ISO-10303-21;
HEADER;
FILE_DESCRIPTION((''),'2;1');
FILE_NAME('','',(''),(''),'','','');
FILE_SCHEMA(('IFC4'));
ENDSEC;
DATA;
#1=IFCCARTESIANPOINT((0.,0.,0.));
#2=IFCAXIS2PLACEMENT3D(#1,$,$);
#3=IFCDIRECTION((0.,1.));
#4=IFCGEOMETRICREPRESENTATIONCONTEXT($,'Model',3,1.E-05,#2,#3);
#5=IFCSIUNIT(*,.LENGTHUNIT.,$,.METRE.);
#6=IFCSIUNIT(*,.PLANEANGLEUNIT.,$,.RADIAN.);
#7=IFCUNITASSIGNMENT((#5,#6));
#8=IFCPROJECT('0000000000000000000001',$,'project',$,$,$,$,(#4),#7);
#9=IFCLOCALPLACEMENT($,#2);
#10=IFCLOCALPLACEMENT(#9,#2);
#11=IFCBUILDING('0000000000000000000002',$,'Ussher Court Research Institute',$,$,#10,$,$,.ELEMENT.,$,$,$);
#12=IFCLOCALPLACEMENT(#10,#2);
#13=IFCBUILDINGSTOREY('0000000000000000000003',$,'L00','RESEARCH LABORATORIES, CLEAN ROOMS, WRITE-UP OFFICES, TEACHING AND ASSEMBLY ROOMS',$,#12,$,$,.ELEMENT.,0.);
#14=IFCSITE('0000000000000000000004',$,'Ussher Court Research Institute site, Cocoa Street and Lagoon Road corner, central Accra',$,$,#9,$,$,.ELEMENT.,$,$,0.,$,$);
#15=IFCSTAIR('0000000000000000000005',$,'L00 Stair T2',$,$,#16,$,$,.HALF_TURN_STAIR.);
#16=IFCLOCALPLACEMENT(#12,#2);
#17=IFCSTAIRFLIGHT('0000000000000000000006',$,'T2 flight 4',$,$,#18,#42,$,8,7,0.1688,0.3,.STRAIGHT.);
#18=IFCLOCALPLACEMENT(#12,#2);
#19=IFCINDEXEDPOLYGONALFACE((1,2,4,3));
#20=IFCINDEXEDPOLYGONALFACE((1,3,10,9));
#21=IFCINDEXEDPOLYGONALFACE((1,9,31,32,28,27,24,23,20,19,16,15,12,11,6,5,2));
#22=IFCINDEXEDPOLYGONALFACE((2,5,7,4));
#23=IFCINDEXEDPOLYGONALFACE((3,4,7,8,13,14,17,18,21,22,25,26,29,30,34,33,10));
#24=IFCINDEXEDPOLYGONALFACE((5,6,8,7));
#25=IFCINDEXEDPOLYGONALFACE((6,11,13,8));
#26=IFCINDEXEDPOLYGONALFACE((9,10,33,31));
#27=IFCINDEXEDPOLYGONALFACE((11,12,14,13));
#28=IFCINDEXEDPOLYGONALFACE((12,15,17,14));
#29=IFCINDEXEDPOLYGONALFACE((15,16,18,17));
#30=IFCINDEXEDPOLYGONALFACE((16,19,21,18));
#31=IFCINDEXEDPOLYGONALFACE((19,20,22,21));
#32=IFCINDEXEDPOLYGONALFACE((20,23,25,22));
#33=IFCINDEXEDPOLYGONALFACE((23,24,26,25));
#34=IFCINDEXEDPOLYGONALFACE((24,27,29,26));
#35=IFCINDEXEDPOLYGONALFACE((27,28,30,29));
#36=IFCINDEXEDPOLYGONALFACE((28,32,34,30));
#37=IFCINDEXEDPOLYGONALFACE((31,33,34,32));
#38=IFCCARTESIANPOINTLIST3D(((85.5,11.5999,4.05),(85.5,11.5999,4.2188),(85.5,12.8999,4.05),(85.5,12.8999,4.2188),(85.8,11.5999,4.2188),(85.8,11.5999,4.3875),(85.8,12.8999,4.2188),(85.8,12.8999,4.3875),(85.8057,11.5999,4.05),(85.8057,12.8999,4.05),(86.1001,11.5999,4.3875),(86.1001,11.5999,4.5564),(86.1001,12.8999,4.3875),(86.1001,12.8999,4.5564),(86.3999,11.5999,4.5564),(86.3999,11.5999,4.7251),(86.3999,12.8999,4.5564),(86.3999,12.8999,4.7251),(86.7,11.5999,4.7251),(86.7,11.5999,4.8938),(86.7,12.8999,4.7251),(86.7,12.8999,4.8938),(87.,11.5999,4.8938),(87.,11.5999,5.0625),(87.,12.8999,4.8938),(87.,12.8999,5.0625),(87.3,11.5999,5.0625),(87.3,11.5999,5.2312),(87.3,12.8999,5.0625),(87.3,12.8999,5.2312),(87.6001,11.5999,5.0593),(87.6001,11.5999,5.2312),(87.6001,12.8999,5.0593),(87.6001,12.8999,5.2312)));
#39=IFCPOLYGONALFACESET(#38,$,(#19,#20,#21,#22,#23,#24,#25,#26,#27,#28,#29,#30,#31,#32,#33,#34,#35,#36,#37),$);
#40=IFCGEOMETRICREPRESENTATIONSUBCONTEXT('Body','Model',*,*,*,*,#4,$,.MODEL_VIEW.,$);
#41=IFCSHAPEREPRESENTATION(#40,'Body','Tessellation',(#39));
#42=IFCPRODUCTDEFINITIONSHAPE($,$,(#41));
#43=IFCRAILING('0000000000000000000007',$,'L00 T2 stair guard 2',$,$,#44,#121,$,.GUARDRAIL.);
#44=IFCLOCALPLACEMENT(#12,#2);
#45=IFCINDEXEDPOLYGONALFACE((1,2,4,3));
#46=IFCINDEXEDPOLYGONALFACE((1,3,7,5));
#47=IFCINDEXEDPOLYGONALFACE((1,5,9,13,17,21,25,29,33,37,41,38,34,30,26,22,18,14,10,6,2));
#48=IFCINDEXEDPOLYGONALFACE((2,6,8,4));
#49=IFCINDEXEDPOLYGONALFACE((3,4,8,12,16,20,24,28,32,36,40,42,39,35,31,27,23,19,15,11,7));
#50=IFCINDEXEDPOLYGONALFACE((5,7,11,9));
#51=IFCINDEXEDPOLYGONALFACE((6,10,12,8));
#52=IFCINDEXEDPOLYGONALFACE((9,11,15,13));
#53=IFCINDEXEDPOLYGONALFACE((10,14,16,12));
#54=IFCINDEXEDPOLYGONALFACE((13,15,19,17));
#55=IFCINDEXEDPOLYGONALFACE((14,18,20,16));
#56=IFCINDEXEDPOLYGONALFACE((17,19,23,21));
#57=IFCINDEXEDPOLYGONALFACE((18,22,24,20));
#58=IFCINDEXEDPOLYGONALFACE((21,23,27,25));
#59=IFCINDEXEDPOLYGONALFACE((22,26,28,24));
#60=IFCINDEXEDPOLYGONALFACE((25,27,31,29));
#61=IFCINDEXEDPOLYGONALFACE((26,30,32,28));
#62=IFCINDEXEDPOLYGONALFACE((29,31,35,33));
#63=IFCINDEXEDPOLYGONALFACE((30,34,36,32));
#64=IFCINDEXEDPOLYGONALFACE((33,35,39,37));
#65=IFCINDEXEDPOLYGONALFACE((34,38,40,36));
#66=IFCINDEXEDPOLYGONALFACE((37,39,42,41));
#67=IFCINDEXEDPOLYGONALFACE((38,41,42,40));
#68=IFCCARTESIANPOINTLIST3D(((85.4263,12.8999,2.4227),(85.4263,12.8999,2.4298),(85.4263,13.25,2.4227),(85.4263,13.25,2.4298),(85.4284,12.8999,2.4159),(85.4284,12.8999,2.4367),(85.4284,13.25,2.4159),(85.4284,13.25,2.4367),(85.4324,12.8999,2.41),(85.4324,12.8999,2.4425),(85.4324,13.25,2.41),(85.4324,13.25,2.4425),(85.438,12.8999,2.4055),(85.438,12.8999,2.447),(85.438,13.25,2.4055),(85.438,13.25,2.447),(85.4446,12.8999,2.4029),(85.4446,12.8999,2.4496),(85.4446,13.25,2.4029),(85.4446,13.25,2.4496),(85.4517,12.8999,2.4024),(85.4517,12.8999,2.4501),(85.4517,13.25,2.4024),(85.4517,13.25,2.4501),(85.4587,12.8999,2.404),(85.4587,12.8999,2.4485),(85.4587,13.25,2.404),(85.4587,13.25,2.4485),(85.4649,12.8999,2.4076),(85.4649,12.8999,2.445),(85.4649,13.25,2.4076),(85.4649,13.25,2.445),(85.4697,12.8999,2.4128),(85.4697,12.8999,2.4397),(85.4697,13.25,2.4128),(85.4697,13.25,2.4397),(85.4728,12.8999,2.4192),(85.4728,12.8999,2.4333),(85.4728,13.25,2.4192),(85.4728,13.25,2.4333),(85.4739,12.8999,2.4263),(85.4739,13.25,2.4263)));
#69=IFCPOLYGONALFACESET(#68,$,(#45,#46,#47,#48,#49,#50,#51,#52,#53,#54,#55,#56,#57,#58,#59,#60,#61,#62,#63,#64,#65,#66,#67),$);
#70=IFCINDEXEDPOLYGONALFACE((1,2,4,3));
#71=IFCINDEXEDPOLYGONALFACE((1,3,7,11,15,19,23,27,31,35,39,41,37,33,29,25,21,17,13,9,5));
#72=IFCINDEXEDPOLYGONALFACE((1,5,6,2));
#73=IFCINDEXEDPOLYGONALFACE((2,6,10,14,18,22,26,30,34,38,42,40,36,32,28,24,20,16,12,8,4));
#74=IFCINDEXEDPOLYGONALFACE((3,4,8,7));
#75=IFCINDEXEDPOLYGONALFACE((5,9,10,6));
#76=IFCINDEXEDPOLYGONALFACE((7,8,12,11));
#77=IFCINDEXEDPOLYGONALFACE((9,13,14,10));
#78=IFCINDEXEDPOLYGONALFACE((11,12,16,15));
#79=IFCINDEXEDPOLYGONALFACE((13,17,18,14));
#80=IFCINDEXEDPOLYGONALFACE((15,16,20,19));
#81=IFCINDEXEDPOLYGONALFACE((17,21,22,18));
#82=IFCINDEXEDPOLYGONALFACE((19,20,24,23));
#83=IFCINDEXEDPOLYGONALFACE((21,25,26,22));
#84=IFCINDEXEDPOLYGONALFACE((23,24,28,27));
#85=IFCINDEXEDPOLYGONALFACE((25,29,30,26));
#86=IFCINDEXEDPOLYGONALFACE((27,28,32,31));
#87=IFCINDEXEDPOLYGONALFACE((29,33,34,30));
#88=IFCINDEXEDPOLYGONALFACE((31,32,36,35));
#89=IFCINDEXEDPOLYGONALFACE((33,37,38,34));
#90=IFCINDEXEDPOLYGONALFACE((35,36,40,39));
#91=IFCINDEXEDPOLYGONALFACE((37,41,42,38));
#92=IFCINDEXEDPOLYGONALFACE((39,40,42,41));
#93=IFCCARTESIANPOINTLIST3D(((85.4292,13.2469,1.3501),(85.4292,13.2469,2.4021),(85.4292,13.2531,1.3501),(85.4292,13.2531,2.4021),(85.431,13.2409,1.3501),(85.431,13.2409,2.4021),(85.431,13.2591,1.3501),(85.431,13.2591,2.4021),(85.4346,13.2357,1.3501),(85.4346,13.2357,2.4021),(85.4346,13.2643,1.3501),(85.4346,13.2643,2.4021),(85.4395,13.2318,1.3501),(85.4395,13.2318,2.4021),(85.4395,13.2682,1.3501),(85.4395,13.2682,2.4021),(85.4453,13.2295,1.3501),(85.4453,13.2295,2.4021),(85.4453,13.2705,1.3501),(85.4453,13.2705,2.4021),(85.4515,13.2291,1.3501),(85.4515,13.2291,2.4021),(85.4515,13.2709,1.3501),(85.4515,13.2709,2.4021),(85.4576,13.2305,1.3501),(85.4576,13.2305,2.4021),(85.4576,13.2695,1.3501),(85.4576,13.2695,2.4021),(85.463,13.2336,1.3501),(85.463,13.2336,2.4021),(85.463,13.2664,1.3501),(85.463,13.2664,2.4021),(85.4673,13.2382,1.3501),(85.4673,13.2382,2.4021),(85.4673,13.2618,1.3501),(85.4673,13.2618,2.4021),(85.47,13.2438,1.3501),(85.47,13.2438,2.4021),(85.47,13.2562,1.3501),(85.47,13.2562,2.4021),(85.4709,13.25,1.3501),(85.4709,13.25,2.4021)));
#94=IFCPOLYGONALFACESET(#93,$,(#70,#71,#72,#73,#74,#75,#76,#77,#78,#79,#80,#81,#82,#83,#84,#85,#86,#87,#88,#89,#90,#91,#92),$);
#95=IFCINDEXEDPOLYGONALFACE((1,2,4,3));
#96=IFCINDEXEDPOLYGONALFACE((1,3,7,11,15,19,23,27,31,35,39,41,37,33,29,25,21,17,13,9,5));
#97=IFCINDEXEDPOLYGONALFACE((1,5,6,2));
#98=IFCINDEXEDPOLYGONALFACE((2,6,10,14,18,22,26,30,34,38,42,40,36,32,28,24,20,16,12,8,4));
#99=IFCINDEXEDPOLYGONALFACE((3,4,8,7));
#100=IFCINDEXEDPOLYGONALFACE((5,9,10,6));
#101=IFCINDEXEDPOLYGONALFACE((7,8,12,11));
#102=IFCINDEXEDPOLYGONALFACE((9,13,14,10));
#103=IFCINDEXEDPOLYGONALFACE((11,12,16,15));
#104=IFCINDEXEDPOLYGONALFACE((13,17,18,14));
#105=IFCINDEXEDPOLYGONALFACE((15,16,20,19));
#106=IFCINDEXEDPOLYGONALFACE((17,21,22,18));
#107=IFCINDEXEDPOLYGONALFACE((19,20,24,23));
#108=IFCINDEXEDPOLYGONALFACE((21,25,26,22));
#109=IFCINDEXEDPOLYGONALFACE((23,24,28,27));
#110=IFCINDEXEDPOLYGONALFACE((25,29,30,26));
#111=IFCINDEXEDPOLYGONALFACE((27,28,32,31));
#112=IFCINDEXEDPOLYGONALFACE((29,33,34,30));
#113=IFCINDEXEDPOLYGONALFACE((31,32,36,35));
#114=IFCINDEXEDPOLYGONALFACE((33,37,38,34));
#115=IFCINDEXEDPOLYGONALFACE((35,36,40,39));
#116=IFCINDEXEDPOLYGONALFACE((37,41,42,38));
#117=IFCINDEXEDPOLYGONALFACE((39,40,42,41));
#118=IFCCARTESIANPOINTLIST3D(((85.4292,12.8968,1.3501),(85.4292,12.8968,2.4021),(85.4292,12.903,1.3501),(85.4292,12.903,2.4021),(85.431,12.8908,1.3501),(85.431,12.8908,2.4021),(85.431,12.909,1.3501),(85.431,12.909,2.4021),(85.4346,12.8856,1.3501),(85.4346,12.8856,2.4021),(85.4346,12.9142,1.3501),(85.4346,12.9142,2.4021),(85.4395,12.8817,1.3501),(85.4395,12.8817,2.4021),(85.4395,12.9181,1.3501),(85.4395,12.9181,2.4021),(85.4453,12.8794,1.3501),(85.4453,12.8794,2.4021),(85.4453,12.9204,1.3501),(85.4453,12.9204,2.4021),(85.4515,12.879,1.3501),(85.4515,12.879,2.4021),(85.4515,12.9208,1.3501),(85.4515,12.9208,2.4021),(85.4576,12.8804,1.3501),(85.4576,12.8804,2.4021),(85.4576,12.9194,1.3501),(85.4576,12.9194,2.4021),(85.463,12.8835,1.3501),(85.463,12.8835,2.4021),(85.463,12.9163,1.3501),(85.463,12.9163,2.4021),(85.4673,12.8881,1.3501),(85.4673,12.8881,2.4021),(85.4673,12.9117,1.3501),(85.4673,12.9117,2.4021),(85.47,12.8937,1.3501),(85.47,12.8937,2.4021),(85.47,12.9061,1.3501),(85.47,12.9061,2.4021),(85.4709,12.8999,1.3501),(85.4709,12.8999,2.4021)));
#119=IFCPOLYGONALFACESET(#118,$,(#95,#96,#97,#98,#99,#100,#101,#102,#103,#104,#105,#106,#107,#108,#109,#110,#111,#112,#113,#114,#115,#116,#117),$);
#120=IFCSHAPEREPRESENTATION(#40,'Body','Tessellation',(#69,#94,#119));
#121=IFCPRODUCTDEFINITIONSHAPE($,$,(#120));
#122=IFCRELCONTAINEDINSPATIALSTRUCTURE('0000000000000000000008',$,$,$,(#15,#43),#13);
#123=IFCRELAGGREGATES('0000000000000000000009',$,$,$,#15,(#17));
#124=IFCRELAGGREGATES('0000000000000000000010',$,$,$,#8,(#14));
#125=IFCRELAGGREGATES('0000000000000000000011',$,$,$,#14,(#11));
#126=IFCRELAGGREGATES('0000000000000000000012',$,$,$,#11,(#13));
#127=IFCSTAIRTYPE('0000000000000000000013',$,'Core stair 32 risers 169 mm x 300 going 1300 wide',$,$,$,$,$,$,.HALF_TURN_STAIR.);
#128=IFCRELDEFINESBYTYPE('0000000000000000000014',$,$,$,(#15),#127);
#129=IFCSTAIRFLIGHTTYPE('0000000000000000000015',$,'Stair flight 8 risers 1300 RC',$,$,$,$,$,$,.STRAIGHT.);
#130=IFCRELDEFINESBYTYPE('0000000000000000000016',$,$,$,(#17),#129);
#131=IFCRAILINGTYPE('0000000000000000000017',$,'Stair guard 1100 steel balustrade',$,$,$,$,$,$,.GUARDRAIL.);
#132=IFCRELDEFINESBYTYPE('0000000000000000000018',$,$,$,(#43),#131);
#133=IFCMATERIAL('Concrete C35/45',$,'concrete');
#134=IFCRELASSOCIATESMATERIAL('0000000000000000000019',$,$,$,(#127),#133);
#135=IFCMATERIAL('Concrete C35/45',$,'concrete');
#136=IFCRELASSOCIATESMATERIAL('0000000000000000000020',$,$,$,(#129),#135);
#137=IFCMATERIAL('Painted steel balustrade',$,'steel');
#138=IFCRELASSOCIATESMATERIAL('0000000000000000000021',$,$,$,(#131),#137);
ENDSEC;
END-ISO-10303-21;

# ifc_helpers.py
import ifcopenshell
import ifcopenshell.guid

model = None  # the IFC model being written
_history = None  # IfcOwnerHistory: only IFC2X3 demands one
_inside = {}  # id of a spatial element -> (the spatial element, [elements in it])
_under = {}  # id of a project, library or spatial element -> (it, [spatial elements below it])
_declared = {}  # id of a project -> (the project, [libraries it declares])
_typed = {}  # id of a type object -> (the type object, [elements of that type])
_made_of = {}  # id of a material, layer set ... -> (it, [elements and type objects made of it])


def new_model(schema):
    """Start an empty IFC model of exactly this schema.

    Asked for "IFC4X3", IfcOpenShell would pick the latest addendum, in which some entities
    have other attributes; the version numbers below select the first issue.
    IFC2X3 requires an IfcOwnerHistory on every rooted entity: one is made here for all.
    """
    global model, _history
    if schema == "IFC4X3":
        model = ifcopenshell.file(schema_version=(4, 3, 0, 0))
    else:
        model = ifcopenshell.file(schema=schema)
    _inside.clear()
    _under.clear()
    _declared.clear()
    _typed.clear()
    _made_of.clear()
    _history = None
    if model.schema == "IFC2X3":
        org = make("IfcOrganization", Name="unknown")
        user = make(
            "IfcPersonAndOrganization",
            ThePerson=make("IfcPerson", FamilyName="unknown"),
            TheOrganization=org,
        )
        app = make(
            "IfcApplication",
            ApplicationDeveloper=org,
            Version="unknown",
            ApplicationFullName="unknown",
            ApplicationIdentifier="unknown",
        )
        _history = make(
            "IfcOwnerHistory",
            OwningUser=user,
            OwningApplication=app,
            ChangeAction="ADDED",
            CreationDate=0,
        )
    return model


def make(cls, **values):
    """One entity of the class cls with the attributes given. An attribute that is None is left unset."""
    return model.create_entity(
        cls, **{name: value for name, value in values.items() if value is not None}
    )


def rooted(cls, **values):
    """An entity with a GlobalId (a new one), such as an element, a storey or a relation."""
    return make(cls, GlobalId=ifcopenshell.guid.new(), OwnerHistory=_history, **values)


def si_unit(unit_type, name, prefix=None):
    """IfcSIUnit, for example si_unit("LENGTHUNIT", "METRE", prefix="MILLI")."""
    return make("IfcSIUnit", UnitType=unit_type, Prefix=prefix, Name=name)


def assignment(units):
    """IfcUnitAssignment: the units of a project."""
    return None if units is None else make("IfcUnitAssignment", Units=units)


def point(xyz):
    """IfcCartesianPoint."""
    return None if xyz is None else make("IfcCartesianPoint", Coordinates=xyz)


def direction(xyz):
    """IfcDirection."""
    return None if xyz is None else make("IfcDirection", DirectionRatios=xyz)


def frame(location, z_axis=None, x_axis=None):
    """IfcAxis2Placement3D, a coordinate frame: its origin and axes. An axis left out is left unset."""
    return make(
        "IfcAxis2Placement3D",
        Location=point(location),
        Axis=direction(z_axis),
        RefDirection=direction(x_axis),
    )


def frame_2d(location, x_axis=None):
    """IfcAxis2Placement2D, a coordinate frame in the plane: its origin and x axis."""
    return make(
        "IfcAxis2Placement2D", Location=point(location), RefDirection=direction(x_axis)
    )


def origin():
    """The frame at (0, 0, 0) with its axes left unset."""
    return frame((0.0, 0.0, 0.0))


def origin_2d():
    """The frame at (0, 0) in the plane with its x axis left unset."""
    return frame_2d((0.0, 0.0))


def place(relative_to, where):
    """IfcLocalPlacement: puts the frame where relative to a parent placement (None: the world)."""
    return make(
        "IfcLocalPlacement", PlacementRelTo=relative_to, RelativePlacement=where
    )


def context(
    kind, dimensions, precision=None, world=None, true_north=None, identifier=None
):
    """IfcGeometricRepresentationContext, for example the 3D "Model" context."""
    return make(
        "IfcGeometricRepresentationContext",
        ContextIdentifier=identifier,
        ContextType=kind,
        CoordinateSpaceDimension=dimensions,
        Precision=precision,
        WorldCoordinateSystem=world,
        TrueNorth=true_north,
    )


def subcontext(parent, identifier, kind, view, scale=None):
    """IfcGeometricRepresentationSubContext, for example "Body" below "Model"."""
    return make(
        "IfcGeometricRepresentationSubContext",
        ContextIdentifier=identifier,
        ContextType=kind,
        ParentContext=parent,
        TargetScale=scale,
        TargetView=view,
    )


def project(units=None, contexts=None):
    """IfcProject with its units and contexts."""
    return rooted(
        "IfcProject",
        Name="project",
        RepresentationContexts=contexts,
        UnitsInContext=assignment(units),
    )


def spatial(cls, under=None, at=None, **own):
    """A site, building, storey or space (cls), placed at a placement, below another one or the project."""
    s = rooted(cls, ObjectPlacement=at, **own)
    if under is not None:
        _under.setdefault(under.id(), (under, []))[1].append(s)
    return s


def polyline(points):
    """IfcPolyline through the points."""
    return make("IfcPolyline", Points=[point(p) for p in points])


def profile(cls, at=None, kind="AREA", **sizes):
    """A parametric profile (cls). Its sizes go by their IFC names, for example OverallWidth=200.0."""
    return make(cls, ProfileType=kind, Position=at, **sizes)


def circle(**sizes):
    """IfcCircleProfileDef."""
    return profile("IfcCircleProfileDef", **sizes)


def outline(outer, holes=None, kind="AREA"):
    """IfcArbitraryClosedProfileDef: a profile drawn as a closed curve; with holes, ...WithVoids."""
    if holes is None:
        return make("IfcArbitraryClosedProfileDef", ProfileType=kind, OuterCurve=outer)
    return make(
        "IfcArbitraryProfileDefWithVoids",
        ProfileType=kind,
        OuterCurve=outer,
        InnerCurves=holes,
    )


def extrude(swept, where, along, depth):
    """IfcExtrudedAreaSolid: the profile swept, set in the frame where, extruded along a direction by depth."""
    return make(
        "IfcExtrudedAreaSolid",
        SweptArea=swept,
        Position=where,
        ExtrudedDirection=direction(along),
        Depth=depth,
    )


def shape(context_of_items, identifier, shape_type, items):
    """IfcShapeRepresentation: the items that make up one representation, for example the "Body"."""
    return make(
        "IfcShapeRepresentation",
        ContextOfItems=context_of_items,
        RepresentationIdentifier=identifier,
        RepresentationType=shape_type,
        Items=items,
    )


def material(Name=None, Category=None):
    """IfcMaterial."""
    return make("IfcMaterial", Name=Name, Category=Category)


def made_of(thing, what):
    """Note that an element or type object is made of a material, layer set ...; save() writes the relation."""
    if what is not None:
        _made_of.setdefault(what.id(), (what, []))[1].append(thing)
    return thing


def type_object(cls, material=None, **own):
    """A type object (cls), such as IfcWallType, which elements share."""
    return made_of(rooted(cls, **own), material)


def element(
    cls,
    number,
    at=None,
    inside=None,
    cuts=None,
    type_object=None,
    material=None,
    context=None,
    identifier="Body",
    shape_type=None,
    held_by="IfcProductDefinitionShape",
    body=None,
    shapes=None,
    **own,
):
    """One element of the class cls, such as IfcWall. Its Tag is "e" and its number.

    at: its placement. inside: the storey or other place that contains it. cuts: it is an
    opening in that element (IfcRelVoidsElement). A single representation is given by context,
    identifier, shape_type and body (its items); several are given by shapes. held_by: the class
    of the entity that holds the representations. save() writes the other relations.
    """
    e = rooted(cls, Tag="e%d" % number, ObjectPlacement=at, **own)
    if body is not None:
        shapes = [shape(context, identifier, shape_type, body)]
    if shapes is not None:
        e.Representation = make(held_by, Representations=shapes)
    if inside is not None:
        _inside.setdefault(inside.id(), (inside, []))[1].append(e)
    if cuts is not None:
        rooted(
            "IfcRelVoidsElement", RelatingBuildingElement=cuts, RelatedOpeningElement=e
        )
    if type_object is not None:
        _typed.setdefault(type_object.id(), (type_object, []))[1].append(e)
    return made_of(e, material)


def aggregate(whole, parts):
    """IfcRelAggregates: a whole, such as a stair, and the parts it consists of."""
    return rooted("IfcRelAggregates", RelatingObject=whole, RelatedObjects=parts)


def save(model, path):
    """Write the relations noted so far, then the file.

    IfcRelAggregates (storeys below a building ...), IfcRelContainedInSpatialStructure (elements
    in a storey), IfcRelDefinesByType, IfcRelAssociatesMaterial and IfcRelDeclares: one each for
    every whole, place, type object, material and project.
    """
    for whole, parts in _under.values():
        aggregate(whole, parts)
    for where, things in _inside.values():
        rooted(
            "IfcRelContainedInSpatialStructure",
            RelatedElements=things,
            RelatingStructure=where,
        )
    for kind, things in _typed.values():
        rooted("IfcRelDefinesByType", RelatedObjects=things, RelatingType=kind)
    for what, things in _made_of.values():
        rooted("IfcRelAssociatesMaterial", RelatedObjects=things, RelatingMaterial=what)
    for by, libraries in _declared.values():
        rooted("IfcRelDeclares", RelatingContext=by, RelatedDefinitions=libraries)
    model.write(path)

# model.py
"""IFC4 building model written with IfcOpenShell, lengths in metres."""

from ifc_helpers import new_model, si_unit, direction, frame, origin, origin_2d, place, context, subcontext, project, spatial, polyline, circle, outline, extrude, material, type_object, element, aggregate, save


model = new_model("IFC4")

# Units and contexts
model_context = context("Model", 3, precision=1e-05, world=origin(), true_north=direction((0.0, 1.0)))
body_context = subcontext(model_context, "Body", "Model", "MODEL_VIEW")
ifc_project = project(units=[si_unit("LENGTHUNIT", "METRE"), si_unit("PLANEANGLEUNIT", "RADIAN")], contexts=[model_context])

# Site, building, storey
site_placement = place(None, origin())
site = spatial("IfcSite", under=ifc_project, at=site_placement, Name="Ussher Court Research Institute site, Cocoa Street and Lagoon Road corner, central Accra", CompositionType="ELEMENT", RefElevation=0.0)
building_placement = place(site_placement, origin())
building = spatial("IfcBuilding", under=site, at=building_placement, Name="Ussher Court Research Institute", CompositionType="ELEMENT")
storey_placement = place(building_placement, origin())
storey = spatial("IfcBuildingStorey", under=building, at=storey_placement, Name="L00", Description="RESEARCH LABORATORIES, CLEAN ROOMS, WRITE-UP OFFICES, TEACHING AND ASSEMBLY ROOMS", CompositionType="ELEMENT", Elevation=0.0)

# Stair, stair flight
ifc_material_1 = material(Name="Concrete C35/45", Category="concrete")
stair_type = type_object("IfcStairType", Name="Core stair 32 risers 169 mm x 300 going 1300 wide", PredefinedType="HALF_TURN_STAIR", material=ifc_material_1)
stair_placement = place(storey_placement, origin())
stair = element("IfcStair", 1, at=stair_placement, inside=storey, type_object=stair_type, Name="L00 Stair T2", PredefinedType="HALF_TURN_STAIR")
ifc_material_2 = material(Name="Concrete C35/45", Category="concrete")
stair_flight_type = type_object("IfcStairFlightType", Name="Stair flight 8 risers 1300 RC", PredefinedType="STRAIGHT", material=ifc_material_2)
stair_flight_1_placement = place(storey_placement, frame((85.5, 12.25, 4.05), z_axis=(0.0, 0.0, 1.0), x_axis=(1.0, 0.0, 0.0)))
stair_flight_1 = element("IfcStairFlight", 2, at=stair_flight_1_placement, type_object=stair_flight_type, Name="T2 flight 4", NumberOfRisers=8, NumberOfTreads=7, PredefinedType="STRAIGHT", RiserHeight=0.1688, TreadLength=0.3, context=body_context, shape_type="SweptSolid", body=[
    extrude(outline(polyline([(0.0, 0.0), (0.0, 0.1687), (0.3, 0.1687), (0.3, 0.3374), (0.6001, 0.3374), (0.6001, 0.5063), (0.8999, 0.5063), (0.8999, 0.675), (1.2, 0.675), (1.2, 0.8438), (1.5, 0.8438), (1.5, 1.0125), (1.8, 1.0125), (1.8, 1.1812), (2.1001, 1.1812), (2.1001, 1.3501), (2.1001, 1.0093), (0.3057, 0.0), (0.0, 0.0)])), frame((0.0, 0.6499, 0.0), z_axis=(0.0, -1.0, 0.0), x_axis=(1.0, 0.0, 0.0)), (0.0, 0.0, 1.0), 1.3),
])
aggregate(stair, [stair_flight_1])

# Railing
ifc_material_3 = material(Name="Painted steel balustrade", Category="steel")
railing_type_1 = type_object("IfcRailingType", Name="Stair guard 1100 steel balustrade", PredefinedType="GUARDRAIL", material=ifc_material_3)
railing_1_placement = place(storey_placement, frame((85.45, 13.25, 1.3501)))
element("IfcRailing", 3, at=railing_1_placement, inside=storey, type_object=railing_type_1, Name="L00 T2 stair guard 2", PredefinedType="GUARDRAIL", context=body_context, shape_type="SweptSolid", body=[
    extrude(circle(Radius=0.0239, at=origin_2d()), frame((0.0, 0.0, 1.0762), z_axis=(0.0, -1.0, 0.0), x_axis=(1.0, 0.0, 0.0)), (0.0, 0.0, 1.0), 0.3501),
    extrude(circle(Radius=0.021, at=origin_2d()), origin(), (0.0, 0.0, 1.0), 1.052),
    extrude(circle(Radius=0.021, at=origin_2d()), frame((0.0, -0.3501, 0.0)), (0.0, 0.0, 1.0), 1.052),
])

save(model, "model.ifc")
